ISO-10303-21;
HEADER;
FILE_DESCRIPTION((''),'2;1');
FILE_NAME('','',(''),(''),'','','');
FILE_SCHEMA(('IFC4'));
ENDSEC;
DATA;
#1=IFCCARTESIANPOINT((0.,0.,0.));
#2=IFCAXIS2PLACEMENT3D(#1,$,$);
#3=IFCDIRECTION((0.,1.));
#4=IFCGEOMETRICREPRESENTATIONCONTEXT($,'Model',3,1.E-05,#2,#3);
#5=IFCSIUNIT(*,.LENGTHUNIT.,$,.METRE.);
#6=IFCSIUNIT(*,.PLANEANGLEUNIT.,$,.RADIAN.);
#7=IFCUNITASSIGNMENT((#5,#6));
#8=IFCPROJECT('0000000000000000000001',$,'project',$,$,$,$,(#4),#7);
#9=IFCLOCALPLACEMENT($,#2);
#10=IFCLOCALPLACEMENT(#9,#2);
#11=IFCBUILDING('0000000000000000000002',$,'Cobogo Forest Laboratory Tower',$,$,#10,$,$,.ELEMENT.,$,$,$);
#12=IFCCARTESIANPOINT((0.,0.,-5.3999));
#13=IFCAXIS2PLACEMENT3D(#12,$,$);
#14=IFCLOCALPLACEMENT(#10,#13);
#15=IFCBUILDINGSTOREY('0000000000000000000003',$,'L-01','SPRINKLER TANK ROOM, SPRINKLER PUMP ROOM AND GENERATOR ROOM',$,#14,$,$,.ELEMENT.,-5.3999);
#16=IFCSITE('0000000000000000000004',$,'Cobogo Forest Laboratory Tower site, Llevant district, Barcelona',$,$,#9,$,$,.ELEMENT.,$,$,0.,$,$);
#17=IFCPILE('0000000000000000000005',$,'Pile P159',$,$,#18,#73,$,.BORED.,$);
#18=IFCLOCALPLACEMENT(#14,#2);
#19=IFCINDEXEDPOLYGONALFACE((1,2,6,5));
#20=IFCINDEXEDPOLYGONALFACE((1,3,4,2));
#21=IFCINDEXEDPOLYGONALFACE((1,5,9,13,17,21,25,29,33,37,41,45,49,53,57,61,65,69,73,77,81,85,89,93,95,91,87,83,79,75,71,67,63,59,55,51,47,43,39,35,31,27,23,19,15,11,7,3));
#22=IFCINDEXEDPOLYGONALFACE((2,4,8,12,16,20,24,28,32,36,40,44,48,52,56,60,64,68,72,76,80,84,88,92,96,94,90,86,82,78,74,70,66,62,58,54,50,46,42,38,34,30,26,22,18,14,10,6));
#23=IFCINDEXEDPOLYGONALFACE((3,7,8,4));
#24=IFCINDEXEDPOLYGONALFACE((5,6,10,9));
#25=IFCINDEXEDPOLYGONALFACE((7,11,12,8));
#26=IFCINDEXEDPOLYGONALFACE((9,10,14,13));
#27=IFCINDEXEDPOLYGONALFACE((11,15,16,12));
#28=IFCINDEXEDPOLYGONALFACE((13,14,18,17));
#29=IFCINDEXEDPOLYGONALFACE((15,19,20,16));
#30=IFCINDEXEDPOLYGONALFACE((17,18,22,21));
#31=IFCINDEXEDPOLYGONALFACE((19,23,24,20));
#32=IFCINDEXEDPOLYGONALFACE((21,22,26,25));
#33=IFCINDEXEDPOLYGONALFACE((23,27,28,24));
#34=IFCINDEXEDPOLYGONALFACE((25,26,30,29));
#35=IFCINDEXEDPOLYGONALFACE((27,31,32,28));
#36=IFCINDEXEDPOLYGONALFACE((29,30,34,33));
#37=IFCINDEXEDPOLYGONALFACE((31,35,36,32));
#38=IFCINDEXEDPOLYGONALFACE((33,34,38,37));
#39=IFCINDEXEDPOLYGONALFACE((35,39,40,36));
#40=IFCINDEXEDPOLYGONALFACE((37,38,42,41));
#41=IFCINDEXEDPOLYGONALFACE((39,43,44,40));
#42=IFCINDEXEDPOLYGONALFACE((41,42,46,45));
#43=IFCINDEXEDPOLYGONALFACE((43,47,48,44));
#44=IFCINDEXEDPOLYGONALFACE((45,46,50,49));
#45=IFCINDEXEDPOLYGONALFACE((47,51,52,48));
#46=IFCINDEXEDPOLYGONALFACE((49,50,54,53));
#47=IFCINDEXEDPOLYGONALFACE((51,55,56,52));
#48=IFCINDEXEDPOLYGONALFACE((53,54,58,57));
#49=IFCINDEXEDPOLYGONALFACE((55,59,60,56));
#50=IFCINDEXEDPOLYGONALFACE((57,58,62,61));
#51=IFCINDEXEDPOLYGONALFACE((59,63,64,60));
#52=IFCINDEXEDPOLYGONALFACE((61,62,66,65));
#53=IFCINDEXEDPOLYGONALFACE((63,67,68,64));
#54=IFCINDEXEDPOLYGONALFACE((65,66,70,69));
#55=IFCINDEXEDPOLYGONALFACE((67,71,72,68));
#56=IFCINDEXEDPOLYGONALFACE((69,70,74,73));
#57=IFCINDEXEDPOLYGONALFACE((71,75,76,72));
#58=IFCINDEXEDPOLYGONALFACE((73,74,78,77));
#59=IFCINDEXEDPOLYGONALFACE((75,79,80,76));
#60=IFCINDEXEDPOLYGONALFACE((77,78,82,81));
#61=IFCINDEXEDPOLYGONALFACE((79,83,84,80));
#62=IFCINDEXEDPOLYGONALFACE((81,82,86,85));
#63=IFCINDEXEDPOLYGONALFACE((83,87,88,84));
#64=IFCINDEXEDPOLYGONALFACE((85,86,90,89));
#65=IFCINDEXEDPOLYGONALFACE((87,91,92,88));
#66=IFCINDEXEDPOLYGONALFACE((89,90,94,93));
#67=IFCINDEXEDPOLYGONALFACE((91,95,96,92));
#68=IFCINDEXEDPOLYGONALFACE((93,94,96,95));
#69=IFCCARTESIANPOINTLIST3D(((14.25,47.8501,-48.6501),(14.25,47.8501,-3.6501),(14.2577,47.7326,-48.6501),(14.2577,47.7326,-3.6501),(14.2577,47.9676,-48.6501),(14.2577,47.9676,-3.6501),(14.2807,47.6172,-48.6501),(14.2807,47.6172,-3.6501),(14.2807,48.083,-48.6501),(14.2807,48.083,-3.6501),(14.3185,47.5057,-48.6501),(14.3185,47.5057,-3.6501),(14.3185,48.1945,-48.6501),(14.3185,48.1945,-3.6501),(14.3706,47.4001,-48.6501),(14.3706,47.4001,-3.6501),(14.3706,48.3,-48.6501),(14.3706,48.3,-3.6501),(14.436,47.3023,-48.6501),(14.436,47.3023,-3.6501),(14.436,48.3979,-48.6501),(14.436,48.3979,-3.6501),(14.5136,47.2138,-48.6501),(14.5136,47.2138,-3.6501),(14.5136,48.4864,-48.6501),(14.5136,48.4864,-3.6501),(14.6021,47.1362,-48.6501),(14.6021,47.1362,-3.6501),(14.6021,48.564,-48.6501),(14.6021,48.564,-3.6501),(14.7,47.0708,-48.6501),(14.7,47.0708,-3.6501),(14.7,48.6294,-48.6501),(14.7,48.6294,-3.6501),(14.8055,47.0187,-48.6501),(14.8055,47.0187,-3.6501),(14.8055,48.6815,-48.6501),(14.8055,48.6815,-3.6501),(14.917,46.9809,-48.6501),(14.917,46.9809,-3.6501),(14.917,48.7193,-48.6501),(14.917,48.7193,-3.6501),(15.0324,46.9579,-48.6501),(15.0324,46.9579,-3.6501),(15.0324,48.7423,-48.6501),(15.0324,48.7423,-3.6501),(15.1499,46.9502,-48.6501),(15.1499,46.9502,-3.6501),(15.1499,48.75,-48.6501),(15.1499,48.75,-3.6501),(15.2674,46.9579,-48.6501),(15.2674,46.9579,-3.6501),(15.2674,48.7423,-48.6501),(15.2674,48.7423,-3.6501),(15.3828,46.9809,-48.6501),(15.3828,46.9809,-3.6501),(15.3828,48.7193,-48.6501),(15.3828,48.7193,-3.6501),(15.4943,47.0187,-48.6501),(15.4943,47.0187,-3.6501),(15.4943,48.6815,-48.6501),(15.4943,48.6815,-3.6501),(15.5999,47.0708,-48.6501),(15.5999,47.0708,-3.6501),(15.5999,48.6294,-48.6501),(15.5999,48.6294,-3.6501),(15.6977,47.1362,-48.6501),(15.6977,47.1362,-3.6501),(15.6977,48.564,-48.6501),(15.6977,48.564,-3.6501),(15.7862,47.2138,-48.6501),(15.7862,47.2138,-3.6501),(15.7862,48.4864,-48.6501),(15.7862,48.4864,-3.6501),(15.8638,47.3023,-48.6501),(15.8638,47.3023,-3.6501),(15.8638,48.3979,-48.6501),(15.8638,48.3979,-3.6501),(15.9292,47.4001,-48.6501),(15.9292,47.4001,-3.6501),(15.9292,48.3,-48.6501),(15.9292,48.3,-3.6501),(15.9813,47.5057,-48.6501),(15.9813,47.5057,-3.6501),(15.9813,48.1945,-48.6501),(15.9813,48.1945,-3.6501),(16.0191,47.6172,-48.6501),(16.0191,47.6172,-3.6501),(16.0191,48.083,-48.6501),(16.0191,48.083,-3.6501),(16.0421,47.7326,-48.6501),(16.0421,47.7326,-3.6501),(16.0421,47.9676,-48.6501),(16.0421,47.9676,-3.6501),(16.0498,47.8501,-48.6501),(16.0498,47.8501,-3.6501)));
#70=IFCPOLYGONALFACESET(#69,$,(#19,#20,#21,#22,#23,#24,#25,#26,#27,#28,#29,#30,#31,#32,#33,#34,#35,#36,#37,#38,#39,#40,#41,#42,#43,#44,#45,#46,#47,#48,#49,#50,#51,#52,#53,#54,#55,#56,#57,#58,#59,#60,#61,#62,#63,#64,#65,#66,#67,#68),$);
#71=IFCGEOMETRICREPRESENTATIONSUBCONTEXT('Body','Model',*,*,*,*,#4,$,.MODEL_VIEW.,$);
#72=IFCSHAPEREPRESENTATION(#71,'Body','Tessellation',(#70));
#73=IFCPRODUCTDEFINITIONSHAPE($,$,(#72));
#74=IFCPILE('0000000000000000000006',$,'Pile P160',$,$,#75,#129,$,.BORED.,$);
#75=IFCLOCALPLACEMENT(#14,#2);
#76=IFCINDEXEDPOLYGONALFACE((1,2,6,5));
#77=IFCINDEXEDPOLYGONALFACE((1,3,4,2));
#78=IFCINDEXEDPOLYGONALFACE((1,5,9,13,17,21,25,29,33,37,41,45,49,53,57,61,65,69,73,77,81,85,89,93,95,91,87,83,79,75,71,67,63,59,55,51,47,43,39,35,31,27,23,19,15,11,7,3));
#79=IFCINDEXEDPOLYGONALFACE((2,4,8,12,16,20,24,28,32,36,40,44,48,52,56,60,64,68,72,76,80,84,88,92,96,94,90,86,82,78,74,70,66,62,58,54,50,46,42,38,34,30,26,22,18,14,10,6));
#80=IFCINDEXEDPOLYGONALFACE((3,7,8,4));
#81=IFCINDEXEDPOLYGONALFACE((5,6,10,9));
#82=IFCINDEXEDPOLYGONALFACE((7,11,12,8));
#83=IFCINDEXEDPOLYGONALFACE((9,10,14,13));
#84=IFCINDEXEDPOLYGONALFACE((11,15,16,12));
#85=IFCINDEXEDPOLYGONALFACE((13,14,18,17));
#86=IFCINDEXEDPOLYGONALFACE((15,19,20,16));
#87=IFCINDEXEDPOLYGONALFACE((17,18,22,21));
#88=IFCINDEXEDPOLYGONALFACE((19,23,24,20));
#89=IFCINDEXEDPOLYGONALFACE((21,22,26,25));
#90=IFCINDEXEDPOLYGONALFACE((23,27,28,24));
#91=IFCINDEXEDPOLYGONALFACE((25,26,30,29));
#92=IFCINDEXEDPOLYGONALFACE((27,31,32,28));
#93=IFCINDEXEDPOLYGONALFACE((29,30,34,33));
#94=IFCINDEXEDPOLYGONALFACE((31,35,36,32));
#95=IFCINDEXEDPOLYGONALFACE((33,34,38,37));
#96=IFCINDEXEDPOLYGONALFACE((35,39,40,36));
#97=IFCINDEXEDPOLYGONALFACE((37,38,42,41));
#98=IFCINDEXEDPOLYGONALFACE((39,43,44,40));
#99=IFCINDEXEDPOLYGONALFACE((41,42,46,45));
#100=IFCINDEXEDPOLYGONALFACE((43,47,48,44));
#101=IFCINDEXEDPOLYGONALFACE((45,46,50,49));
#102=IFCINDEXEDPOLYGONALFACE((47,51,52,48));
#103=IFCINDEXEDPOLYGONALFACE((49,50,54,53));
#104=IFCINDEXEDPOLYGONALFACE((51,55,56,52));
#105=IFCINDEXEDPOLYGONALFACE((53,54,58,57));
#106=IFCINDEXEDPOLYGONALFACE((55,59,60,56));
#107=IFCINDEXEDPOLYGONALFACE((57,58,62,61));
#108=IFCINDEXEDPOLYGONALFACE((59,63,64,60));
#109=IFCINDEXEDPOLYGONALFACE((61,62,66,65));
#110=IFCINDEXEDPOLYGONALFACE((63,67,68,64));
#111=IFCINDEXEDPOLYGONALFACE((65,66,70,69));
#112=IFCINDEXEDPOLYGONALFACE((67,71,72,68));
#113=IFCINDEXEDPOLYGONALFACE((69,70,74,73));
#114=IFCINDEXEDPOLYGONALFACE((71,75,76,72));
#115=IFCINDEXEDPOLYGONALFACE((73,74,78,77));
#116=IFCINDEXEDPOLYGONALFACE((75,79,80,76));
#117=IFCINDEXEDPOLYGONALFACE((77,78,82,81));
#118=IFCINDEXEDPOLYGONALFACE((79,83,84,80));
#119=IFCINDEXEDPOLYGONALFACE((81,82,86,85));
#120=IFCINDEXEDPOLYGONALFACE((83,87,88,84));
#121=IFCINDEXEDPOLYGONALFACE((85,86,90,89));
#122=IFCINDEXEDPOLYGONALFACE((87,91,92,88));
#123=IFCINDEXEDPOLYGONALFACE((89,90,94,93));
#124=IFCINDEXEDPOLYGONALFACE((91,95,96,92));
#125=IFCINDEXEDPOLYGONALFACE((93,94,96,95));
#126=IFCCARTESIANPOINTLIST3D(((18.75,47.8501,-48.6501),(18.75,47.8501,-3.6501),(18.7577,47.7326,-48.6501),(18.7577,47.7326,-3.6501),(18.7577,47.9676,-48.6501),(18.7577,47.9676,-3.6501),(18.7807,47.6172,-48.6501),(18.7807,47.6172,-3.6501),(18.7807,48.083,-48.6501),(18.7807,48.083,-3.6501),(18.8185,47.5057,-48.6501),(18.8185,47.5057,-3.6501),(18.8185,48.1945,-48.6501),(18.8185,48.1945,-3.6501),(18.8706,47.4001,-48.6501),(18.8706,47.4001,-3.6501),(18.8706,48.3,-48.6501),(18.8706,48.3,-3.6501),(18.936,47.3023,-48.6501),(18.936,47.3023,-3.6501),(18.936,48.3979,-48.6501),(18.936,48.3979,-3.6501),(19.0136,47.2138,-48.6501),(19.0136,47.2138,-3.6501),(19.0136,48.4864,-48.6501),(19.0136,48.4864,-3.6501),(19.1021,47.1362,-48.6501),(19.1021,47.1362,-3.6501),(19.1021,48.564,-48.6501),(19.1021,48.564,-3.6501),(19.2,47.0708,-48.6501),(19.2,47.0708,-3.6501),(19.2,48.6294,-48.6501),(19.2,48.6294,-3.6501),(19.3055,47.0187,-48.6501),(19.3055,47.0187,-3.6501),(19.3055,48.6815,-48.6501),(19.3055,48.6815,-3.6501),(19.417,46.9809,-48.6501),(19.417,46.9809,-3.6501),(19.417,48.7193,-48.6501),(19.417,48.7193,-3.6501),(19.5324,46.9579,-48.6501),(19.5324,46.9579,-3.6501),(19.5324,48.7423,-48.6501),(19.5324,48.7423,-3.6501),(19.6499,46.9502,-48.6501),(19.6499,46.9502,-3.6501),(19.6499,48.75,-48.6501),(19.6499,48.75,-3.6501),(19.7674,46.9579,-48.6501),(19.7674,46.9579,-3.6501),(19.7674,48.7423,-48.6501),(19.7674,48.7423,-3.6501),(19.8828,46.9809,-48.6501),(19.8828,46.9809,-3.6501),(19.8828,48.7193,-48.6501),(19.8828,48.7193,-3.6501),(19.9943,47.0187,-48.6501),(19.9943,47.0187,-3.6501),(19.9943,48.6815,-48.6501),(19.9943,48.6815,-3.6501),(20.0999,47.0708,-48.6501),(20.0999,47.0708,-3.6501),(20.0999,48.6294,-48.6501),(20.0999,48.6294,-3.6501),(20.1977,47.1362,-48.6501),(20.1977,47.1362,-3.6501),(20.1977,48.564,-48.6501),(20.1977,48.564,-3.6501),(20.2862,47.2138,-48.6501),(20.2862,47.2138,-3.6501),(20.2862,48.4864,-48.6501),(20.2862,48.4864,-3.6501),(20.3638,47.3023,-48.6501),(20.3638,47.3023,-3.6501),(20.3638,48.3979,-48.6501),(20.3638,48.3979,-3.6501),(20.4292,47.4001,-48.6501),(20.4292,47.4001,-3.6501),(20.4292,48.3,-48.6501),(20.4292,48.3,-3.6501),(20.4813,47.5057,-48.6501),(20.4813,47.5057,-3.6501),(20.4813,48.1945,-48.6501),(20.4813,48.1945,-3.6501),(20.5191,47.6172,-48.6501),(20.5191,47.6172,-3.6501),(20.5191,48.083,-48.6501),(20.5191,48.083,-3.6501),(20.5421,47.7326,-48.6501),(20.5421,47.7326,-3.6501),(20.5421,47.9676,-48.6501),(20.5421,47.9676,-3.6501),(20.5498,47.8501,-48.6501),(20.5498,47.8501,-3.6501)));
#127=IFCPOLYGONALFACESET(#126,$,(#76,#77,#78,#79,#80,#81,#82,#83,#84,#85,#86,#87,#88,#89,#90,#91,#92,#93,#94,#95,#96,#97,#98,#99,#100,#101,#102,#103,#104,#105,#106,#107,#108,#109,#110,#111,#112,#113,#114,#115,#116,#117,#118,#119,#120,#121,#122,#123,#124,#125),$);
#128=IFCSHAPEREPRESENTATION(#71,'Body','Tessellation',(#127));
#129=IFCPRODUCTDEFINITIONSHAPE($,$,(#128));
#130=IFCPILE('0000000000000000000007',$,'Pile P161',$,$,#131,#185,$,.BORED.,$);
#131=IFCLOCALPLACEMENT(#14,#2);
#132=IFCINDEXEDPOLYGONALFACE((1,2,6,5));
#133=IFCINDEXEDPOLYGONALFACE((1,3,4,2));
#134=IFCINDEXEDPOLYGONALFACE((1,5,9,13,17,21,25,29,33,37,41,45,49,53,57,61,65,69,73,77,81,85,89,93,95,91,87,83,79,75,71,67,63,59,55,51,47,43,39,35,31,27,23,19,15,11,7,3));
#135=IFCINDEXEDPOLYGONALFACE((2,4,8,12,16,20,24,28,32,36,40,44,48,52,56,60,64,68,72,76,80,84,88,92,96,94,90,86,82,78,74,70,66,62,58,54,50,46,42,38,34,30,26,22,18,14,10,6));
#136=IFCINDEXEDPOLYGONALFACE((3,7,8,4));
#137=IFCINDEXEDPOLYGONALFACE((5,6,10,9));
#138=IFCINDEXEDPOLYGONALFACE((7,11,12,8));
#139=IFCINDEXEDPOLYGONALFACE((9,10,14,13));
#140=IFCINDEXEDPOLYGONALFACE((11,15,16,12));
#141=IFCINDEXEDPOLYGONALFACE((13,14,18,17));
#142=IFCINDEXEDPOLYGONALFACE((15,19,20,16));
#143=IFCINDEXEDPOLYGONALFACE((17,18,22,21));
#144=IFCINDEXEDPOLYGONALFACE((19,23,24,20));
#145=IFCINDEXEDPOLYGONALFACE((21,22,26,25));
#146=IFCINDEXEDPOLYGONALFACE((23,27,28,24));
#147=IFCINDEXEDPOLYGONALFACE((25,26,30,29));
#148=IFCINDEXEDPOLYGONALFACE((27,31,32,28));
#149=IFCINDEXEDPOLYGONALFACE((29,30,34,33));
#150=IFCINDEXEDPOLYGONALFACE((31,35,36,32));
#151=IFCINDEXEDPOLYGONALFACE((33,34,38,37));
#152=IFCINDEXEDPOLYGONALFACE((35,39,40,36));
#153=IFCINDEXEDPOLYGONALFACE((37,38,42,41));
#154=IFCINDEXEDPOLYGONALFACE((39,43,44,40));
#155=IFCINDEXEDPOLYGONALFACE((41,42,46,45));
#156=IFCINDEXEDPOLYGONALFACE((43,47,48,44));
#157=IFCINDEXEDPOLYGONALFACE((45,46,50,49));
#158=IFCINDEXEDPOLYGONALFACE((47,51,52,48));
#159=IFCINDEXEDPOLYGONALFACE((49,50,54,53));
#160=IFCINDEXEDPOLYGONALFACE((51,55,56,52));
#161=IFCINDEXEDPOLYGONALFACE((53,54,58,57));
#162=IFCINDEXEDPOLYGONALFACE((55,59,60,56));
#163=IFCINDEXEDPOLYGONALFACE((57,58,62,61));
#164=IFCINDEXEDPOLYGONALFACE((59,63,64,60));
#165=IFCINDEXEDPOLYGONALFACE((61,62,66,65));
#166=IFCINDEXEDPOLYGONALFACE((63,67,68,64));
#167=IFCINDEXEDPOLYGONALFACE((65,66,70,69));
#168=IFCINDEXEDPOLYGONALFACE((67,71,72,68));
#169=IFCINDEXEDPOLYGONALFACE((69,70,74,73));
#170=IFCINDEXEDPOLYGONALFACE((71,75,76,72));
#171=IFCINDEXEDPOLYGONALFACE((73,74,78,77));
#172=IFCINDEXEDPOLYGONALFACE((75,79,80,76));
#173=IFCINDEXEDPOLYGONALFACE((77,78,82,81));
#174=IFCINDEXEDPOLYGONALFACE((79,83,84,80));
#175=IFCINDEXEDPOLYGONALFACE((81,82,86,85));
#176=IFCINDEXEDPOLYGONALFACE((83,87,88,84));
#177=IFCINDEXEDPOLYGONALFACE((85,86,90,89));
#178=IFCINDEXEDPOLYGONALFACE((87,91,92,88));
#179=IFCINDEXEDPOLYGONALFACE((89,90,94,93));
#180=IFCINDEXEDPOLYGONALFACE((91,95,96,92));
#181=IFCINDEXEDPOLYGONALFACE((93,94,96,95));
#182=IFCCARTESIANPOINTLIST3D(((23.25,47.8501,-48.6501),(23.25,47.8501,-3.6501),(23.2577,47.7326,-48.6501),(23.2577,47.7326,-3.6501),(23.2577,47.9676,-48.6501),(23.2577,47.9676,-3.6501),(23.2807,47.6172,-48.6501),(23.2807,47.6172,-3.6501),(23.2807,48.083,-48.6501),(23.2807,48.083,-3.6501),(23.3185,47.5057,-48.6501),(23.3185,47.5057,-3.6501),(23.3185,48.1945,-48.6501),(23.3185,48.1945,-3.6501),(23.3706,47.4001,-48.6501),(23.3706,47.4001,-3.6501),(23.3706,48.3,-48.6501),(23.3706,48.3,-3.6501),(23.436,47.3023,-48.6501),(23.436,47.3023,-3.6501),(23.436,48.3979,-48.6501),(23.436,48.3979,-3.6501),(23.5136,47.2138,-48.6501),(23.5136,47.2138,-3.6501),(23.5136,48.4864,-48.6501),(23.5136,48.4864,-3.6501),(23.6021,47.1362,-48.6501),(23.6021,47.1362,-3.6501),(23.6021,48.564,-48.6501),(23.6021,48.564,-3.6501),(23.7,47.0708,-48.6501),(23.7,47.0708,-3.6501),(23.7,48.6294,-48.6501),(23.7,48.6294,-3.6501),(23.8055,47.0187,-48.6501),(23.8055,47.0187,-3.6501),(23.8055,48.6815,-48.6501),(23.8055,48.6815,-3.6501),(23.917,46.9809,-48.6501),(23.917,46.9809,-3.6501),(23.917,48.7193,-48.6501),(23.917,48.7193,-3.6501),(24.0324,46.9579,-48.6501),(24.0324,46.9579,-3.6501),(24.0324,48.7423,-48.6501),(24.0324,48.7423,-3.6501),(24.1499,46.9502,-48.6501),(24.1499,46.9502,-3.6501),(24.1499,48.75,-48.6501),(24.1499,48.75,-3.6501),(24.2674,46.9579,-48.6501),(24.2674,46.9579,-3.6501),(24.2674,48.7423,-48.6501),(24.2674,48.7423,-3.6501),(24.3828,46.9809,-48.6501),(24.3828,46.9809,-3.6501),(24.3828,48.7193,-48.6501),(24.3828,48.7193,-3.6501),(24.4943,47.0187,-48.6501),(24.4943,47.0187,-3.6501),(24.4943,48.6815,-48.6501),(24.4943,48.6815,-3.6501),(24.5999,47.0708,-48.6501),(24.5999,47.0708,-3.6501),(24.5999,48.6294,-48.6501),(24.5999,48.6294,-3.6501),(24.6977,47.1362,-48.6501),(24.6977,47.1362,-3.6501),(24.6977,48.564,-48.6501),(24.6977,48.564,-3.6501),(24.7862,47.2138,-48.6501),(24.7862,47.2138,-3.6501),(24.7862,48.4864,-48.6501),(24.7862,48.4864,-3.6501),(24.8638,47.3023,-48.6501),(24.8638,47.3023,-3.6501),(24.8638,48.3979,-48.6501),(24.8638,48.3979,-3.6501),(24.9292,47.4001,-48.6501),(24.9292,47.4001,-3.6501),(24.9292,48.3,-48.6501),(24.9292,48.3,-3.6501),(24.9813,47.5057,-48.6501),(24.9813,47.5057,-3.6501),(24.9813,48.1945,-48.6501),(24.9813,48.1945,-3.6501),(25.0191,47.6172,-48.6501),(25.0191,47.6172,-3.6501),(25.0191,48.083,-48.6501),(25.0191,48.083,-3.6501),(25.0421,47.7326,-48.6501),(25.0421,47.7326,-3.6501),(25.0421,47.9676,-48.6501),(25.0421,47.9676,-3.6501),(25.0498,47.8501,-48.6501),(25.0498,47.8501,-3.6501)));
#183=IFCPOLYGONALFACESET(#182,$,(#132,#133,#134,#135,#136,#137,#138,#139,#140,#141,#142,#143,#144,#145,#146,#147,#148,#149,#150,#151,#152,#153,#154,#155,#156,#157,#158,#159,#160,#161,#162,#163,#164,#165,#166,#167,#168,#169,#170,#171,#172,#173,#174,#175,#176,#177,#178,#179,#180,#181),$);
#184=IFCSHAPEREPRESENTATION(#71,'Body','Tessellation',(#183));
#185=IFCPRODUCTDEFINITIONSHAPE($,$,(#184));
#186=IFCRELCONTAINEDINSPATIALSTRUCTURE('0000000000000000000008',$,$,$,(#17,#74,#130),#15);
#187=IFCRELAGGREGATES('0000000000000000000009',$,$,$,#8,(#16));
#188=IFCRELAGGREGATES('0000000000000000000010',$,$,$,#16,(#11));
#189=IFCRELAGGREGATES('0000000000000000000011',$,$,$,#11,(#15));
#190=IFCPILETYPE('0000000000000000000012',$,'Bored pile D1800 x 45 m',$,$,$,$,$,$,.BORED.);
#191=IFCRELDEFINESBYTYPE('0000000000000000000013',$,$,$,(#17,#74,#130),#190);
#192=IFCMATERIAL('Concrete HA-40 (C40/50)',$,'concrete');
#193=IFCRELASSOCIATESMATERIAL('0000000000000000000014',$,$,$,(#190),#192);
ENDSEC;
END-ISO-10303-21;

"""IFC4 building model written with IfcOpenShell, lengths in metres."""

from ifc_helpers import new_model, si_unit, direction, frame, origin, origin_2d, place, context, subcontext, project, spatial, circle, extrude, material, material_profile, profile_set, type_object, element, save


model = new_model("IFC4")

# Units and contexts
model_context = context("Model", 3, precision=1e-05, world=origin(), true_north=direction((0.0, 1.0)))
body_context = subcontext(model_context, "Body", "Model", "MODEL_VIEW")
ifc_project = project(units=[si_unit("LENGTHUNIT", "METRE"), si_unit("PLANEANGLEUNIT", "RADIAN")], contexts=[model_context])

# Site, building, storey
site_placement = place(None, origin())
site = spatial("IfcSite", under=ifc_project, at=site_placement, Name="Cobogo Forest Laboratory Tower site, Llevant district, Barcelona", CompositionType="ELEMENT", RefElevation=0.0)
building_placement = place(site_placement, origin())
building = spatial("IfcBuilding", under=site, at=building_placement, Name="Cobogo Forest Laboratory Tower", CompositionType="ELEMENT")
storey_placement = place(building_placement, frame((0.0, 0.0, -5.3999)))
storey = spatial("IfcBuildingStorey", under=building, at=storey_placement, Name="L-01", Description="SPRINKLER TANK ROOM, SPRINKLER PUMP ROOM AND GENERATOR ROOM", CompositionType="ELEMENT", Elevation=-5.3999)

# Piles
ifc_material_1 = material(Name="Concrete HA-40 (C40/50)", Category="concrete")
ifc_material_profile_1 = material_profile(ifc_material_1, circle(Radius=0.8999, at=origin_2d()), Name="PILE D1800")
ifc_profile_set_1 = profile_set([ifc_material_profile_1], Name="Concrete HA-40 (C40/50)")
pile_type_1 = type_object("IfcPileType", Name="Bored pile D1800 x 45 m", PredefinedType="BORED", material=ifc_profile_set_1)
for number, where, z_axis, x_axis, name in (
    (1, (15.1499, 47.8501, -3.6501), (0.0, 0.0, -1.0), (1.0, 0.0, 0.0), "Pile P159"),
    (2, (19.6499, 47.8501, -3.6501), (0.0, 0.0, -1.0), (1.0, 0.0, 0.0), "Pile P160"),
    (3, (24.1499, 47.8501, -3.6501), (0.0, 0.0, -1.0), (1.0, 0.0, 0.0), "Pile P161"),
):
    element("IfcPile", number, at=place(storey_placement, frame(where, z_axis=z_axis, x_axis=x_axis)), inside=storey, type_object=pile_type_1, Name=name, PredefinedType="BORED", context=body_context, shape_type="SweptSolid", body=[
        extrude(circle(Radius=0.8999, at=origin_2d()), origin(), (0.0, 0.0, 1.0), 45.0),
    ])

save(model, "model.ifc")
